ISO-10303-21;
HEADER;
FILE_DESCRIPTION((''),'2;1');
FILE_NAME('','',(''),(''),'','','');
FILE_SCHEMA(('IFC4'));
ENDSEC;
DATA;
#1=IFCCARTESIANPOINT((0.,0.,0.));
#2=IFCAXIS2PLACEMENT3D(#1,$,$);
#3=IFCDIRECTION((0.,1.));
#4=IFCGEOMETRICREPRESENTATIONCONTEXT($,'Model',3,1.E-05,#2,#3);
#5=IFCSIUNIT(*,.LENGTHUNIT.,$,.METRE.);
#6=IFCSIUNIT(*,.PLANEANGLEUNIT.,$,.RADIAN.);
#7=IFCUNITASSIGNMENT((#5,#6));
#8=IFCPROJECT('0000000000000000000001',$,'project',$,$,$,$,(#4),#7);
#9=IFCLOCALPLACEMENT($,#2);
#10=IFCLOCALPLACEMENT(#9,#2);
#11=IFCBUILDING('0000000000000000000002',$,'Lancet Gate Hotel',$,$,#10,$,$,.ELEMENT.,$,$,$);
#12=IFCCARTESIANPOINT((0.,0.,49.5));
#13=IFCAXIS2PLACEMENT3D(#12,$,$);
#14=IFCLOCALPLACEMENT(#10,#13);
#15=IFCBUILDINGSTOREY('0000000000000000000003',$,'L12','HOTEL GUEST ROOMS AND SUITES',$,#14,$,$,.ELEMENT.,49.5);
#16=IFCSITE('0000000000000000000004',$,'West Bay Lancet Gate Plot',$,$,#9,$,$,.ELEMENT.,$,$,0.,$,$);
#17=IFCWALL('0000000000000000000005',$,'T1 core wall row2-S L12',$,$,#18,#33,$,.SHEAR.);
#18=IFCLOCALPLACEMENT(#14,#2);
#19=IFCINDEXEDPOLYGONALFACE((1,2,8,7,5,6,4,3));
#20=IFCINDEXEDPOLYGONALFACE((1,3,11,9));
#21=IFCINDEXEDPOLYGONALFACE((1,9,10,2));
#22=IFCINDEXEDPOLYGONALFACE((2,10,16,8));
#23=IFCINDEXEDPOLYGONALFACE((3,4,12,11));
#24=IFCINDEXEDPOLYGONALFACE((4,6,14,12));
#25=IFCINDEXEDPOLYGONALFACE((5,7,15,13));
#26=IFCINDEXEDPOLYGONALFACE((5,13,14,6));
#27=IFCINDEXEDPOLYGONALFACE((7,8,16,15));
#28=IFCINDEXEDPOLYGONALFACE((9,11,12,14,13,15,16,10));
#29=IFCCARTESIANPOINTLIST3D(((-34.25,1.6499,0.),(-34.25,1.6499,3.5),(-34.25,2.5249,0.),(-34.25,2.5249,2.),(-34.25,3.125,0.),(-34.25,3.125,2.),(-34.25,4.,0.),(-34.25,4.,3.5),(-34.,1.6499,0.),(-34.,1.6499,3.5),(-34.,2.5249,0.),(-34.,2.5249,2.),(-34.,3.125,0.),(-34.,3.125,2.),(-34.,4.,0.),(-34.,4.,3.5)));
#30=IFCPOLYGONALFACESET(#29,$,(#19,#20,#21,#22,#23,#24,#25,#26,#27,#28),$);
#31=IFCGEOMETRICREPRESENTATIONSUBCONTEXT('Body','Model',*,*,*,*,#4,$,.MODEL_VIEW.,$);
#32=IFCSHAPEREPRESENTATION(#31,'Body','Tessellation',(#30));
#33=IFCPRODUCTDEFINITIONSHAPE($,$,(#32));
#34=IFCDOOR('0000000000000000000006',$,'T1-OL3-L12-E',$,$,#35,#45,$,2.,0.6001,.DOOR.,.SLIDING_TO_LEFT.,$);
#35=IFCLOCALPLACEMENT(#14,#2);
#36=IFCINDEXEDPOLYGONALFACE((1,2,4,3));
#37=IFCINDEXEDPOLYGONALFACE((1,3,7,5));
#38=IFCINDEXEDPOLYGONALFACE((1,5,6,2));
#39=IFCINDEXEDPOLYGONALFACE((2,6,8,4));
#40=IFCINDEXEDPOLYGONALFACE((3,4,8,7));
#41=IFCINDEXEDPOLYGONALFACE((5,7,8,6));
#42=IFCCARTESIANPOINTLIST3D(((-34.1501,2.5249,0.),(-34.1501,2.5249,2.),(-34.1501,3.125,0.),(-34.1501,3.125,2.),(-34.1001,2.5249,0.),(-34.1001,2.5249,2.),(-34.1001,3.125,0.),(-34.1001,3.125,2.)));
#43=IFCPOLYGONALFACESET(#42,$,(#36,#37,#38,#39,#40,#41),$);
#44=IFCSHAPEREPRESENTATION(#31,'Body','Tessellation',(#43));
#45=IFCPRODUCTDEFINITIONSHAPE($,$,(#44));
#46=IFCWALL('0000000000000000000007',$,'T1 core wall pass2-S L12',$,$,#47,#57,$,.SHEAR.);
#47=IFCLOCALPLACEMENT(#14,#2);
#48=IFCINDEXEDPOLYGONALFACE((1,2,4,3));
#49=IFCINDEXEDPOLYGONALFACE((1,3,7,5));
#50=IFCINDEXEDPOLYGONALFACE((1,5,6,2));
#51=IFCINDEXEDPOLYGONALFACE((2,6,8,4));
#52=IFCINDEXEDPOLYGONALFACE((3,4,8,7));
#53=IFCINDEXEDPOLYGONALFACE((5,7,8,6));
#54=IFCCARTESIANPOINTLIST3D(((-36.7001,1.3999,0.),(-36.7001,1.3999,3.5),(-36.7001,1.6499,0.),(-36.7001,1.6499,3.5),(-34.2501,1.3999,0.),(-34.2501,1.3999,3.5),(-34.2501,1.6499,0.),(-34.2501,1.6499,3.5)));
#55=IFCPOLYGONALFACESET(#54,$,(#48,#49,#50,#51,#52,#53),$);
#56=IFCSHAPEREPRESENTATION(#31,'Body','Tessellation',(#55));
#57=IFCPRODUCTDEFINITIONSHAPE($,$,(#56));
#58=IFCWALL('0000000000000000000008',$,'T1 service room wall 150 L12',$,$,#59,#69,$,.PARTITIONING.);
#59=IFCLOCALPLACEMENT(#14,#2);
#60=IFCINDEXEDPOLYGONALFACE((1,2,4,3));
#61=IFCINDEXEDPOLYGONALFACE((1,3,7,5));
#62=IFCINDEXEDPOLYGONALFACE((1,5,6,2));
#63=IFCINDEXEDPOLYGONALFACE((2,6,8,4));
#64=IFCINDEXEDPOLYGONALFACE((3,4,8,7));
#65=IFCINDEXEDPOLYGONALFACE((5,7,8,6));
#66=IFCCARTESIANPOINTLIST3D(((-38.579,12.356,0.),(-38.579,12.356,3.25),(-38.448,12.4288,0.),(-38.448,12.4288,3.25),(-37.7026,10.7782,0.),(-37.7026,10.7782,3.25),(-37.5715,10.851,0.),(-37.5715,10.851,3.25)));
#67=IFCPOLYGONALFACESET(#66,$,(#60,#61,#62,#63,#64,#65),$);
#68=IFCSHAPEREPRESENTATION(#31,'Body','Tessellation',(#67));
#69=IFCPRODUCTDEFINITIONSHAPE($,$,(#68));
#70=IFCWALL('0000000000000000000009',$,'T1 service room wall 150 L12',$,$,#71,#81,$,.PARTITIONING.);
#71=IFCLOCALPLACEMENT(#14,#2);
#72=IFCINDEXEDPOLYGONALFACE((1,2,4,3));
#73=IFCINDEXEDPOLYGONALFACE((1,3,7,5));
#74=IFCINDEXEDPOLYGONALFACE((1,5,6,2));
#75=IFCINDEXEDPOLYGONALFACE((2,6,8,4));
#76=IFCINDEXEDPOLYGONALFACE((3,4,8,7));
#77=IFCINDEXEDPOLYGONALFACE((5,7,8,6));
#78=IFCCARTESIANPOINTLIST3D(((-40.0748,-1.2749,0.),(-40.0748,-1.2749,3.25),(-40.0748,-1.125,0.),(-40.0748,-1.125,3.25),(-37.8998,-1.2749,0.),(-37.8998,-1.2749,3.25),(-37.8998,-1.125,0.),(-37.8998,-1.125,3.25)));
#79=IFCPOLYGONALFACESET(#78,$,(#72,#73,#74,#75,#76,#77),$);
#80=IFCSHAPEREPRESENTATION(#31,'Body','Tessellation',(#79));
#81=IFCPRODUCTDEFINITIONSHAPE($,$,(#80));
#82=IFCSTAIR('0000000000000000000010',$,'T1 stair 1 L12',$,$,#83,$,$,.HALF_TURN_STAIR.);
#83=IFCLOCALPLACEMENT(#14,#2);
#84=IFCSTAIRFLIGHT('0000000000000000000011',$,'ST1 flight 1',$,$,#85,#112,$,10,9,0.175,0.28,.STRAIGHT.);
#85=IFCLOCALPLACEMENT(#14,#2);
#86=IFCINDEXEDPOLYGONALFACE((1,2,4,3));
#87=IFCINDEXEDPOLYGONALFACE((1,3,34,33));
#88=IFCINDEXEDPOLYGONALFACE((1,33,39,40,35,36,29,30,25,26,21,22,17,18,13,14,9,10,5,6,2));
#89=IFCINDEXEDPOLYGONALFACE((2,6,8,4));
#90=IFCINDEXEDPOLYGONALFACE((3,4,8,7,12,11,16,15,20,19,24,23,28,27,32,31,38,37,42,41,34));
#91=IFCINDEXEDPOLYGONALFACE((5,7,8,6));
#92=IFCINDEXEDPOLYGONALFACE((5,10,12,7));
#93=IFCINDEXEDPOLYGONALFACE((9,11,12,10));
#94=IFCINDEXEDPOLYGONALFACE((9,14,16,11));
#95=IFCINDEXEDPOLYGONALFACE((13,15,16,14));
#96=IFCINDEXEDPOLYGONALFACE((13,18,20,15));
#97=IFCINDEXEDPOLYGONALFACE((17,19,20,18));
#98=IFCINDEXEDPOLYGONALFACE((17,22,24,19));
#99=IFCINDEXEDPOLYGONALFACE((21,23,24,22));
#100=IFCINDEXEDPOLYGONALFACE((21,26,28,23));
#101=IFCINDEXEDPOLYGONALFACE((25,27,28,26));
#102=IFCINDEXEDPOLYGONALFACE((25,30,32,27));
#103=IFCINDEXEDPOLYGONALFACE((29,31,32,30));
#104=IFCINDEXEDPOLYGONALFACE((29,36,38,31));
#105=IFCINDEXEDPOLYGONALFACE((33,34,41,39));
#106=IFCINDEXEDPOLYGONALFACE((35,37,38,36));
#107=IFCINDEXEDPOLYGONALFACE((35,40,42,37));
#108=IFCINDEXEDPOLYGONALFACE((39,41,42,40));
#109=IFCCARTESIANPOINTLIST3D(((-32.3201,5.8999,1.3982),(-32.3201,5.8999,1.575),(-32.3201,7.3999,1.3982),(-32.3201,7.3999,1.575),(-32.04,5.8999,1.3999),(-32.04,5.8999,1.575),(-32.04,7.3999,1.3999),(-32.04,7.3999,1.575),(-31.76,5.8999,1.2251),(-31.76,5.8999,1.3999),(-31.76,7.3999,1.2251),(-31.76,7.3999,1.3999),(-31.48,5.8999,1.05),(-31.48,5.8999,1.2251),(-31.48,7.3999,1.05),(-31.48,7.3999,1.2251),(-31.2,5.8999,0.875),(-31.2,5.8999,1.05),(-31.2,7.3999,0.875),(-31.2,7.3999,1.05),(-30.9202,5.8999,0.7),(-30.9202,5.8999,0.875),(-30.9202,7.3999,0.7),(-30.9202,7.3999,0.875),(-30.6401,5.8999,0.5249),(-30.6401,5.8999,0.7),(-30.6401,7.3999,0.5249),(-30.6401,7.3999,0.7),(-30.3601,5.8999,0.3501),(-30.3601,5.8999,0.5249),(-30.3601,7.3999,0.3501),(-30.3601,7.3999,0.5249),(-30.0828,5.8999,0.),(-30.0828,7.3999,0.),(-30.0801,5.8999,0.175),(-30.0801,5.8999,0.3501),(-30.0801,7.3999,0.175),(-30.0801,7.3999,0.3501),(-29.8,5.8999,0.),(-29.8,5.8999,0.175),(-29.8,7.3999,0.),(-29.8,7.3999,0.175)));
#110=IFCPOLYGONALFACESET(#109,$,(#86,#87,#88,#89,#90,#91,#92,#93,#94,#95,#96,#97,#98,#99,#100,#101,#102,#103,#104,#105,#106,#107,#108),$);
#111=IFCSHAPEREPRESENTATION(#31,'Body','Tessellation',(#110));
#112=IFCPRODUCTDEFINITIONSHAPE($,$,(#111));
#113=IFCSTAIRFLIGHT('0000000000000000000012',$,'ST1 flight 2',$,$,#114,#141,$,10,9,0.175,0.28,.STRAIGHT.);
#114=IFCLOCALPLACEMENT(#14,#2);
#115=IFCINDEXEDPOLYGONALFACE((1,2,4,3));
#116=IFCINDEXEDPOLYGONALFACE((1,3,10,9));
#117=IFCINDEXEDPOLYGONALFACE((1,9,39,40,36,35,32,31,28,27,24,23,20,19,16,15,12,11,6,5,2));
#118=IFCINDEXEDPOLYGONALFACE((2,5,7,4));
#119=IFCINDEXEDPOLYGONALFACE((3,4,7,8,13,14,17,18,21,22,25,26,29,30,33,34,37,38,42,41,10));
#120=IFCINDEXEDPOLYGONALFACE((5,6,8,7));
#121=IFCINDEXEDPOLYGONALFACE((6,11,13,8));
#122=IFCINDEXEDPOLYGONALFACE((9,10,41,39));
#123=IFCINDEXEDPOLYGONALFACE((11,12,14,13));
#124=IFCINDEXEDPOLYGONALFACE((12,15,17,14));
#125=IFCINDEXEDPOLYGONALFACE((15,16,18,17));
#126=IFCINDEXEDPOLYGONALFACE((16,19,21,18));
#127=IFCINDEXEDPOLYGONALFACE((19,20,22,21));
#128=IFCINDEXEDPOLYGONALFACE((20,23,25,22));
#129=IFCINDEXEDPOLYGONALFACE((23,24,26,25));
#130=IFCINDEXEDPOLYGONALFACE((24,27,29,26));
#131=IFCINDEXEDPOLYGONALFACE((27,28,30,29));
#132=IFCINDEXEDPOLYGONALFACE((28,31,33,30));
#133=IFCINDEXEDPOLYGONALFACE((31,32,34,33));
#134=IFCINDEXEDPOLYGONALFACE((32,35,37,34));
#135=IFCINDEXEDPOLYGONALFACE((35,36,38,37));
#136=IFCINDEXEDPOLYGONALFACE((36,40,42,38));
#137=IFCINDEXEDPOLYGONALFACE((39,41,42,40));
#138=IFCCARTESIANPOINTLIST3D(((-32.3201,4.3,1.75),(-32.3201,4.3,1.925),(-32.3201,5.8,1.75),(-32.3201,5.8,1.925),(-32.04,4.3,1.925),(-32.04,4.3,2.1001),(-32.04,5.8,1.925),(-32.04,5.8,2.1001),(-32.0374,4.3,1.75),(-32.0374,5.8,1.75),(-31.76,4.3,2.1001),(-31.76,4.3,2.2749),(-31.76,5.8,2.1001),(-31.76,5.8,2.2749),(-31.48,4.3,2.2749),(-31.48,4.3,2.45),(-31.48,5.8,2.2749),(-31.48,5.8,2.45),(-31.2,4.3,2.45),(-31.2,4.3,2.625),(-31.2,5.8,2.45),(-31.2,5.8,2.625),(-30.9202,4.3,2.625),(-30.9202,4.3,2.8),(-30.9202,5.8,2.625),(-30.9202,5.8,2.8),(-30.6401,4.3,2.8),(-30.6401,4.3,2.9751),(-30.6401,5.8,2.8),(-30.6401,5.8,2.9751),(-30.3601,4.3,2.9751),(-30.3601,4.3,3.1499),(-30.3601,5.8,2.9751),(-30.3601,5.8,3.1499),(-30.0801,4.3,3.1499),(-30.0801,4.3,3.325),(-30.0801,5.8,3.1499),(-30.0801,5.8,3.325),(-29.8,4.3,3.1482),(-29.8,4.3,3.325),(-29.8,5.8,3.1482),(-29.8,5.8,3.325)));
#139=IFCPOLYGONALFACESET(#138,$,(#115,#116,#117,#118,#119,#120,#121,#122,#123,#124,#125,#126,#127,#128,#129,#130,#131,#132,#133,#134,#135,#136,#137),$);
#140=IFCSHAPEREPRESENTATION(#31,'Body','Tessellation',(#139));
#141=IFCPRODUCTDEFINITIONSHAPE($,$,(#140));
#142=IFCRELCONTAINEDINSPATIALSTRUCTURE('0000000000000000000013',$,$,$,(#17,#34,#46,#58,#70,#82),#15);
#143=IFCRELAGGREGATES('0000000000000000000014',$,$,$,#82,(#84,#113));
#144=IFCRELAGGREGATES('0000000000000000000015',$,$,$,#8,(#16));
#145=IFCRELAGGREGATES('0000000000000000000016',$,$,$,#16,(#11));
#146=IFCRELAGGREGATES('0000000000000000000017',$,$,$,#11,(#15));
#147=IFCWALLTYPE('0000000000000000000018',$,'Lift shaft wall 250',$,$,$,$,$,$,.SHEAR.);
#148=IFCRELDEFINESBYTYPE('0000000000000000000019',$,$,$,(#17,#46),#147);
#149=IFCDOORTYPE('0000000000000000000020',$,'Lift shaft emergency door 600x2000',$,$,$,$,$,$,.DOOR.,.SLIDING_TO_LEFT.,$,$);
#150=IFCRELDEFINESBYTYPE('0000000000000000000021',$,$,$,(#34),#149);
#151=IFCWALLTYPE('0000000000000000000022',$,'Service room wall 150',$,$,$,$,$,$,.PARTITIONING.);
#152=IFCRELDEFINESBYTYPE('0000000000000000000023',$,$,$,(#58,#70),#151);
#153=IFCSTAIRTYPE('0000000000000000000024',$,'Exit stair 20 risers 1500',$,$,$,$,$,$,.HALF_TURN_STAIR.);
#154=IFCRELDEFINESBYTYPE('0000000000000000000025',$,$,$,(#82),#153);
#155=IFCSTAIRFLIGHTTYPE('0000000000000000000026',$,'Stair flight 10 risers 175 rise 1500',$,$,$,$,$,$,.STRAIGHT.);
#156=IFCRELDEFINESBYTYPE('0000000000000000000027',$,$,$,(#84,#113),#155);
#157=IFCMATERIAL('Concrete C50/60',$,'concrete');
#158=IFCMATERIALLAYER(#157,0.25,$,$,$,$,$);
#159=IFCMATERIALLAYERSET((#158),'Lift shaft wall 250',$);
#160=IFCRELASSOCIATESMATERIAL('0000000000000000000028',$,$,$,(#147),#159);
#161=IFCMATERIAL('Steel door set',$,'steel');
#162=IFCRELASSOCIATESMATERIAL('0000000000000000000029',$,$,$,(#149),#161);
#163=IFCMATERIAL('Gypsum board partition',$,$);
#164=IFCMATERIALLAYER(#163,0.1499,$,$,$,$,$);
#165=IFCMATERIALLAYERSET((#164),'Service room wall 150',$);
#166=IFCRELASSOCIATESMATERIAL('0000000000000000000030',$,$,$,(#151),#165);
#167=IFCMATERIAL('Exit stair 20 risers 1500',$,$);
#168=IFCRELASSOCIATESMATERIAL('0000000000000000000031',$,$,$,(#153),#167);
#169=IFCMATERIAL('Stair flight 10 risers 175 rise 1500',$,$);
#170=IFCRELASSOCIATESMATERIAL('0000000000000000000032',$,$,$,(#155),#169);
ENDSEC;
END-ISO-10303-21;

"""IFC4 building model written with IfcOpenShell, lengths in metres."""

from ifc_helpers import new_model, si_unit, direction, frame, frame_2d, origin, place, context, subcontext, project, spatial, polyline, rectangle, outline, extrude, material, layer, layer_set, type_object, element, fill, aggregate, save


model = new_model("IFC4")

# Units and contexts
model_context = context("Model", 3, precision=1e-05, world=origin(), true_north=direction((0.0, 1.0)))
body_context = subcontext(model_context, "Body", "Model", "MODEL_VIEW")
ifc_project = project(units=[si_unit("LENGTHUNIT", "METRE"), si_unit("PLANEANGLEUNIT", "RADIAN")], contexts=[model_context])

# Site, building, storey
site_placement = place(None, origin())
site = spatial("IfcSite", under=ifc_project, at=site_placement, Name="West Bay Lancet Gate Plot", CompositionType="ELEMENT", RefElevation=0.0)
building_placement = place(site_placement, origin())
building = spatial("IfcBuilding", under=site, at=building_placement, Name="Lancet Gate Hotel", CompositionType="ELEMENT")
storey_placement = place(building_placement, frame((0.0, 0.0, 49.5)))
storey = spatial("IfcBuildingStorey", under=building, at=storey_placement, Name="L12", Description="HOTEL GUEST ROOMS AND SUITES", CompositionType="ELEMENT", Elevation=49.5)

# Wall, opening, door
ifc_material_1 = material(Name="Concrete C50/60", Category="concrete")
ifc_layer_1 = layer(ifc_material_1, 0.25)
ifc_layer_set_1 = layer_set([ifc_layer_1], Name="Lift shaft wall 250")
wall_type_1 = type_object("IfcWallType", Name="Lift shaft wall 250", PredefinedType="SHEAR", material=ifc_layer_set_1)
wall_1_placement = place(storey_placement, frame((-34.125, 4.0, 0.0), z_axis=(0.0, 0.0, 1.0), x_axis=(0.0, -1.0, 0.0)))
wall_1 = element("IfcWall", 1, at=wall_1_placement, inside=storey, type_object=wall_type_1, Name="T1 core wall row2-S L12", PredefinedType="SHEAR", context=body_context, shape_type="SweptSolid", body=[
    extrude(rectangle(XDim=2.3501, YDim=0.25, at=frame_2d((1.175, 0.0))), origin(), (0.0, 0.0, 1.0), 3.5),
])
opening_1_placement = place(wall_1_placement, frame((0.875, 0.0, 0.0)))
opening_1 = element("IfcOpeningElement", 2, at=opening_1_placement, cuts=wall_1, PredefinedType="OPENING", context=body_context, shape_type="SweptSolid", body=[
    extrude(rectangle(XDim=0.6001, YDim=2.0, at=frame_2d((0.3, 1.0))), frame((0.0, 0.135, 0.0), z_axis=(0.0, -1.0, 0.0), x_axis=(1.0, 0.0, 0.0)), (0.0, 0.0, 1.0), 0.27),
])
ifc_material_2 = material(Name="Steel door set", Category="steel")
door_type_1 = type_object("IfcDoorType", Name="Lift shaft emergency door 600x2000", OperationType="SLIDING_TO_LEFT", PredefinedType="DOOR", material=ifc_material_2)
door_1_placement = place(opening_1_placement, origin())
door_1 = element("IfcDoor", 3, at=door_1_placement, inside=storey, type_object=door_type_1, Name="T1-OL3-L12-E", OperationType="SLIDING_TO_LEFT", OverallHeight=2.0, OverallWidth=0.6001, PredefinedType="DOOR", context=body_context, shape_type="SweptSolid", body=[
    extrude(rectangle(XDim=0.6001, YDim=2.0, at=frame_2d((0.3, 1.0))), frame((0.0, 0.0249, 0.0), z_axis=(0.0, -1.0, 0.0), x_axis=(1.0, 0.0, 0.0)), (0.0, 0.0, 1.0), 0.05),
])
fill(opening_1, door_1)

# Walls
wall_2_placement = place(storey_placement, frame((-34.25, 1.5249, 0.0), z_axis=(0.0, 0.0, 1.0), x_axis=(-1.0, 0.0, 0.0)))
element("IfcWall", 4, at=wall_2_placement, inside=storey, type_object=wall_type_1, Name="T1 core wall pass2-S L12", PredefinedType="SHEAR", context=body_context, shape_type="SweptSolid", body=[
    extrude(rectangle(XDim=2.45, YDim=0.25, at=frame_2d((1.2251, 0.0))), origin(), (0.0, 0.0, 1.0), 3.5),
])
ifc_material_3 = material(Name="Gypsum board partition")
ifc_layer_2 = layer(ifc_material_3, 0.1499)
ifc_layer_set_2 = layer_set([ifc_layer_2], Name="Service room wall 150")
wall_type_2 = type_object("IfcWallType", Name="Service room wall 150", PredefinedType="PARTITIONING", material=ifc_layer_set_2)
wall_3_placement = place(storey_placement, frame((-38.5134, 12.3923, 0.0), z_axis=(0.0, 0.0, 1.0), x_axis=(0.485586, -0.874189, 0.0)))
element("IfcWall", 5, at=wall_3_placement, inside=storey, type_object=wall_type_2, Name="T1 service room wall 150 L12", PredefinedType="PARTITIONING", context=body_context, shape_type="SweptSolid", body=[
    extrude(rectangle(XDim=1.8049, YDim=0.1499, at=frame_2d((0.9023, 0.0))), origin(), (0.0, 0.0, 1.0), 3.25),
])
wall_4_placement = place(storey_placement, frame((-37.8999, -1.2, 0.0), z_axis=(0.0, 0.0, 1.0), x_axis=(-1.0, 0.0, 0.0)))
element("IfcWall", 6, at=wall_4_placement, inside=storey, type_object=wall_type_2, Name="T1 service room wall 150 L12", PredefinedType="PARTITIONING", context=body_context, shape_type="SweptSolid", body=[
    extrude(rectangle(XDim=2.175, YDim=0.1499, at=frame_2d((1.0874, 0.0))), origin(), (0.0, 0.0, 1.0), 3.25),
])

# Stair, stair flights
ifc_material_4 = material(Name="Exit stair 20 risers 1500")
stair_type = type_object("IfcStairType", Name="Exit stair 20 risers 1500", PredefinedType="HALF_TURN_STAIR", material=ifc_material_4)
stair_placement = place(storey_placement, origin())
stair = element("IfcStair", 7, at=stair_placement, inside=storey, type_object=stair_type, Name="T1 stair 1 L12", PredefinedType="HALF_TURN_STAIR")
ifc_material_5 = material(Name="Stair flight 10 risers 175 rise 1500")
stair_flight_type = type_object("IfcStairFlightType", Name="Stair flight 10 risers 175 rise 1500", PredefinedType="STRAIGHT", material=ifc_material_5)
stair_flight_1_placement = place(storey_placement, frame((-29.8, 6.6499, 0.0), z_axis=(0.0, 0.0, 1.0), x_axis=(-1.0, 0.0, 0.0)))
stair_flight_1 = element("IfcStairFlight", 8, at=stair_flight_1_placement, type_object=stair_flight_type, Name="ST1 flight 1", NumberOfRisers=10, NumberOfTreads=9, PredefinedType="STRAIGHT", RiserHeight=0.175, TreadLength=0.28, context=body_context, shape_type="SweptSolid", body=[
    extrude(outline(polyline([(0.0, 0.0), (0.0, 0.175), (0.28, 0.175), (0.28, 0.3501), (0.5601, 0.3501), (0.5601, 0.5249), (0.8401, 0.5249), (0.8401, 0.7), (1.1201, 0.7), (1.1201, 0.875), (1.3999, 0.875), (1.3999, 1.05), (1.6799, 1.05), (1.6799, 1.2251), (1.96, 1.2251), (1.96, 1.3999), (2.24, 1.3999), (2.24, 1.575), (2.52, 1.575), (2.52, 1.75), (2.52, 1.3982), (0.2827, 0.0), (0.0, 0.0)])), frame((0.0, 0.75, 0.0), z_axis=(0.0, -1.0, 0.0), x_axis=(1.0, 0.0, 0.0)), (0.0, 0.0, 1.0), 1.5),
])
stair_flight_2_placement = place(storey_placement, frame((-32.3201, 5.05, 1.75), z_axis=(0.0, 0.0, 1.0), x_axis=(1.0, 0.0, 0.0)))
stair_flight_2 = element("IfcStairFlight", 9, at=stair_flight_2_placement, type_object=stair_flight_type, Name="ST1 flight 2", NumberOfRisers=10, NumberOfTreads=9, PredefinedType="STRAIGHT", RiserHeight=0.175, TreadLength=0.28, context=body_context, shape_type="SweptSolid", body=[
    extrude(outline(polyline([(0.0, 0.0), (0.0, 0.175), (0.28, 0.175), (0.28, 0.3501), (0.5601, 0.3501), (0.5601, 0.5249), (0.8401, 0.5249), (0.8401, 0.7), (1.1201, 0.7), (1.1201, 0.875), (1.3999, 0.875), (1.3999, 1.05), (1.6799, 1.05), (1.6799, 1.2251), (1.96, 1.2251), (1.96, 1.3999), (2.24, 1.3999), (2.24, 1.575), (2.52, 1.575), (2.52, 1.75), (2.52, 1.3982), (0.2827, 0.0), (0.0, 0.0)])), frame((0.0, 0.75, 0.0), z_axis=(0.0, -1.0, 0.0), x_axis=(1.0, 0.0, 0.0)), (0.0, 0.0, 1.0), 1.5),
])
aggregate(stair, [stair_flight_1, stair_flight_2])

save(model, "model.ifc")
